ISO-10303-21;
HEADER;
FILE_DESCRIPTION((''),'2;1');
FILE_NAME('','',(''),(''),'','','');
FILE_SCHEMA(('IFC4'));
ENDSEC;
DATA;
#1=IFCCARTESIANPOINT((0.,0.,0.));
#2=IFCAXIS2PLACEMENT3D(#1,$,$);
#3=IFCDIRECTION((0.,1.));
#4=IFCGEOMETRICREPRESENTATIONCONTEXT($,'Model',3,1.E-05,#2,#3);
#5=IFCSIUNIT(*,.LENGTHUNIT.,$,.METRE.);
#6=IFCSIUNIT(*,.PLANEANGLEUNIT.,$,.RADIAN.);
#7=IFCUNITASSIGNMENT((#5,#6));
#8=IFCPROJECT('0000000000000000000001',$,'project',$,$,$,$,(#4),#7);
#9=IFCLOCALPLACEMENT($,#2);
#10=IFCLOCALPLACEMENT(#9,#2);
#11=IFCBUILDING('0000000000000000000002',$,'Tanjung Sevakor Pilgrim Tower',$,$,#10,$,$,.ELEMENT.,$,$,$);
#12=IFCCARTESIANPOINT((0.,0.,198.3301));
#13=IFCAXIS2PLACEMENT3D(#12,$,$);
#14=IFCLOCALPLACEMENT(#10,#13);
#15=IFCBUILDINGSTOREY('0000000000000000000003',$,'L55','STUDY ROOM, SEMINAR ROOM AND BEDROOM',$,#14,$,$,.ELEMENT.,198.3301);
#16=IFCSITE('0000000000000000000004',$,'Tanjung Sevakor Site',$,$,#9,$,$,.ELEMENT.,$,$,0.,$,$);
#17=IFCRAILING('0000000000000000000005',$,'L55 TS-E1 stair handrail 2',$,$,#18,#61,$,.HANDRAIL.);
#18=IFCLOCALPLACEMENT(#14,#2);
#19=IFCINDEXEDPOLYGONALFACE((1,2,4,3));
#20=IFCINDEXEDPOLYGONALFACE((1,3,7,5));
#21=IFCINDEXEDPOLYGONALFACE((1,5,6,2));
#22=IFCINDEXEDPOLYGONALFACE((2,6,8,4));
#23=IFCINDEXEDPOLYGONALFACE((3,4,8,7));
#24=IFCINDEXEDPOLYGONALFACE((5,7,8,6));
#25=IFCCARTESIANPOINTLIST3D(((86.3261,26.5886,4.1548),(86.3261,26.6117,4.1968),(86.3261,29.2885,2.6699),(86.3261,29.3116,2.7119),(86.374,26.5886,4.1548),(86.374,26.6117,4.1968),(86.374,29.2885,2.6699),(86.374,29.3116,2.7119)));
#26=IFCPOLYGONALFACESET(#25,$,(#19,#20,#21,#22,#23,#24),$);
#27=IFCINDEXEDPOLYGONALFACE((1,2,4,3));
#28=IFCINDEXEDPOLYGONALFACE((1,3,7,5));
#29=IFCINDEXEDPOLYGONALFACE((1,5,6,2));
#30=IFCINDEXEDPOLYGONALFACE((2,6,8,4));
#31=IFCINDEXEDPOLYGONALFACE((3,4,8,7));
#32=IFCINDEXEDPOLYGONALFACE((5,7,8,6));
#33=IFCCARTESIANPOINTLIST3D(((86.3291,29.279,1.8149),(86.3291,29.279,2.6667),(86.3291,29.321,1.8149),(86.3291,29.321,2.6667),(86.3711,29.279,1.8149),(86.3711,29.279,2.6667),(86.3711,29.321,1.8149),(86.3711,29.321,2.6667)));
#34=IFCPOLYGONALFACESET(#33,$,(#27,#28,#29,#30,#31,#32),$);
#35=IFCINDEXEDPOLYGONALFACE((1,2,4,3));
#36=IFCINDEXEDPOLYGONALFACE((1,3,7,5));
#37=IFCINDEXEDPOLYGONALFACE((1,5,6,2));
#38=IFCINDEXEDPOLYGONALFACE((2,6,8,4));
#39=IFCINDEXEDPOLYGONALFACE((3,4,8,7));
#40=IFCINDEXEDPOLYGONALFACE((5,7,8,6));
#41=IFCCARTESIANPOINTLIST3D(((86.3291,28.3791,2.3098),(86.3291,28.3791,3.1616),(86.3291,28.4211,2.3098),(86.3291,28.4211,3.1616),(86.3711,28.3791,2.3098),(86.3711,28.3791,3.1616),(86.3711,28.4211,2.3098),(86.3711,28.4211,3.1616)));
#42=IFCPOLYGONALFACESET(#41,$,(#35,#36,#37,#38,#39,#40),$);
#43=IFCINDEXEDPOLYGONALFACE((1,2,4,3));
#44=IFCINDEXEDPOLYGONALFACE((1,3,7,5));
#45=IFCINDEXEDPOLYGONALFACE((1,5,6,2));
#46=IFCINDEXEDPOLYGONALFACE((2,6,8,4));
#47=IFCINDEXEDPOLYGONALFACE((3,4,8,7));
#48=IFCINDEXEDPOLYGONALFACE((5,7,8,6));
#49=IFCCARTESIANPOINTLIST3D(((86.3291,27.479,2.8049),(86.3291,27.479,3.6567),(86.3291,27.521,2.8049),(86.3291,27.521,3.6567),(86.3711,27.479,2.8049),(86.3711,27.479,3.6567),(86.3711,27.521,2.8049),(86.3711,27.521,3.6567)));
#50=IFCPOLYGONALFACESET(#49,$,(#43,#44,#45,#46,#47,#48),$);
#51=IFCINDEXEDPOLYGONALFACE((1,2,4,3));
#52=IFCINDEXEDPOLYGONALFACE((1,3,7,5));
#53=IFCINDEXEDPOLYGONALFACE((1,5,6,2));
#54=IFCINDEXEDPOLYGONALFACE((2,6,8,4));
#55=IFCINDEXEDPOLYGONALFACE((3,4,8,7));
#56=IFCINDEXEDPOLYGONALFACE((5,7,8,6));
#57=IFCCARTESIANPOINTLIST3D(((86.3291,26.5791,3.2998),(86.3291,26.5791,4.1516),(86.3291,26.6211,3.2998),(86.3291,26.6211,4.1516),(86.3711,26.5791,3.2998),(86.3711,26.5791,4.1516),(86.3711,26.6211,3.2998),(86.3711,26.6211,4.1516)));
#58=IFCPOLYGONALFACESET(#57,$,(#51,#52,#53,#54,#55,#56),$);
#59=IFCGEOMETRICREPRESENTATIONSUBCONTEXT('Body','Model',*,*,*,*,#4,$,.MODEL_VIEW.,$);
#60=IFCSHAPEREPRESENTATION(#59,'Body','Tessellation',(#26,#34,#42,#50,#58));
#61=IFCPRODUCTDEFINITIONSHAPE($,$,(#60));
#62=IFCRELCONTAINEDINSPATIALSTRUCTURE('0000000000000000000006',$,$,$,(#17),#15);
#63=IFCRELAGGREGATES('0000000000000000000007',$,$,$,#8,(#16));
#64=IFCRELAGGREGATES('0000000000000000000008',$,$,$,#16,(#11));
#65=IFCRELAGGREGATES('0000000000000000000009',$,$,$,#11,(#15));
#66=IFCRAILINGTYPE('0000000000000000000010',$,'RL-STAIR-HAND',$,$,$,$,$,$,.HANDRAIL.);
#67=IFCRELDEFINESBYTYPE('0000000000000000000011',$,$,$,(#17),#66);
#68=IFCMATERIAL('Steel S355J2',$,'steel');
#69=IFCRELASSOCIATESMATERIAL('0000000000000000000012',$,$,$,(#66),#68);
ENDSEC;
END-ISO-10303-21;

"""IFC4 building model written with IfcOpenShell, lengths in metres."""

from ifc_helpers import new_model, si_unit, direction, frame, origin, place, context, subcontext, project, spatial, rectangle, extrude, material, type_object, element, save


model = new_model("IFC4")

# Units and contexts
model_context = context("Model", 3, precision=1e-05, world=origin(), true_north=direction((0.0, 1.0)))
body_context = subcontext(model_context, "Body", "Model", "MODEL_VIEW")
ifc_project = project(units=[si_unit("LENGTHUNIT", "METRE"), si_unit("PLANEANGLEUNIT", "RADIAN")], contexts=[model_context])

# Site, building, storey
site_placement = place(None, origin())
site = spatial("IfcSite", under=ifc_project, at=site_placement, Name="Tanjung Sevakor Site", CompositionType="ELEMENT", RefElevation=0.0)
building_placement = place(site_placement, origin())
building = spatial("IfcBuilding", under=site, at=building_placement, Name="Tanjung Sevakor Pilgrim Tower", CompositionType="ELEMENT")
storey_placement = place(building_placement, frame((0.0, 0.0, 198.3301)))
storey = spatial("IfcBuildingStorey", under=building, at=storey_placement, Name="L55", Description="STUDY ROOM, SEMINAR ROOM AND BEDROOM", CompositionType="ELEMENT", Elevation=198.3301)

# Railing
ifc_material_1 = material(Name="Steel S355J2", Category="steel")
railing_type_1 = type_object("IfcRailingType", Name="RL-STAIR-HAND", PredefinedType="HANDRAIL", material=ifc_material_1)
railing_1_placement = place(storey_placement, frame((86.3501, 29.3, 1.8149)))
element("IfcRailing", 1, at=railing_1_placement, inside=storey, type_object=railing_type_1, Name="L55 TS-E1 stair handrail 2", PredefinedType="HANDRAIL", context=body_context, shape_type="SweptSolid", body=[
    extrude(rectangle(XDim=0.0479, YDim=0.0479), frame((0.0, 0.0, 0.876), z_axis=(0.0, -0.876231, 0.481891), x_axis=(1.0, 0.0, 0.0)), (0.0, 0.0, 1.0), 3.0813),
    extrude(rectangle(XDim=0.042, YDim=0.042), origin(), (0.0, 0.0, 1.0), 0.8518),
    extrude(rectangle(XDim=0.042, YDim=0.042), frame((0.0, -0.8999, 0.4949)), (0.0, 0.0, 1.0), 0.8518),
    extrude(rectangle(XDim=0.042, YDim=0.042), frame((0.0, -1.8, 0.99)), (0.0, 0.0, 1.0), 0.8518),
    extrude(rectangle(XDim=0.042, YDim=0.042), frame((0.0, -2.7, 1.4849)), (0.0, 0.0, 1.0), 0.8518),
])

save(model, "model.ifc")
